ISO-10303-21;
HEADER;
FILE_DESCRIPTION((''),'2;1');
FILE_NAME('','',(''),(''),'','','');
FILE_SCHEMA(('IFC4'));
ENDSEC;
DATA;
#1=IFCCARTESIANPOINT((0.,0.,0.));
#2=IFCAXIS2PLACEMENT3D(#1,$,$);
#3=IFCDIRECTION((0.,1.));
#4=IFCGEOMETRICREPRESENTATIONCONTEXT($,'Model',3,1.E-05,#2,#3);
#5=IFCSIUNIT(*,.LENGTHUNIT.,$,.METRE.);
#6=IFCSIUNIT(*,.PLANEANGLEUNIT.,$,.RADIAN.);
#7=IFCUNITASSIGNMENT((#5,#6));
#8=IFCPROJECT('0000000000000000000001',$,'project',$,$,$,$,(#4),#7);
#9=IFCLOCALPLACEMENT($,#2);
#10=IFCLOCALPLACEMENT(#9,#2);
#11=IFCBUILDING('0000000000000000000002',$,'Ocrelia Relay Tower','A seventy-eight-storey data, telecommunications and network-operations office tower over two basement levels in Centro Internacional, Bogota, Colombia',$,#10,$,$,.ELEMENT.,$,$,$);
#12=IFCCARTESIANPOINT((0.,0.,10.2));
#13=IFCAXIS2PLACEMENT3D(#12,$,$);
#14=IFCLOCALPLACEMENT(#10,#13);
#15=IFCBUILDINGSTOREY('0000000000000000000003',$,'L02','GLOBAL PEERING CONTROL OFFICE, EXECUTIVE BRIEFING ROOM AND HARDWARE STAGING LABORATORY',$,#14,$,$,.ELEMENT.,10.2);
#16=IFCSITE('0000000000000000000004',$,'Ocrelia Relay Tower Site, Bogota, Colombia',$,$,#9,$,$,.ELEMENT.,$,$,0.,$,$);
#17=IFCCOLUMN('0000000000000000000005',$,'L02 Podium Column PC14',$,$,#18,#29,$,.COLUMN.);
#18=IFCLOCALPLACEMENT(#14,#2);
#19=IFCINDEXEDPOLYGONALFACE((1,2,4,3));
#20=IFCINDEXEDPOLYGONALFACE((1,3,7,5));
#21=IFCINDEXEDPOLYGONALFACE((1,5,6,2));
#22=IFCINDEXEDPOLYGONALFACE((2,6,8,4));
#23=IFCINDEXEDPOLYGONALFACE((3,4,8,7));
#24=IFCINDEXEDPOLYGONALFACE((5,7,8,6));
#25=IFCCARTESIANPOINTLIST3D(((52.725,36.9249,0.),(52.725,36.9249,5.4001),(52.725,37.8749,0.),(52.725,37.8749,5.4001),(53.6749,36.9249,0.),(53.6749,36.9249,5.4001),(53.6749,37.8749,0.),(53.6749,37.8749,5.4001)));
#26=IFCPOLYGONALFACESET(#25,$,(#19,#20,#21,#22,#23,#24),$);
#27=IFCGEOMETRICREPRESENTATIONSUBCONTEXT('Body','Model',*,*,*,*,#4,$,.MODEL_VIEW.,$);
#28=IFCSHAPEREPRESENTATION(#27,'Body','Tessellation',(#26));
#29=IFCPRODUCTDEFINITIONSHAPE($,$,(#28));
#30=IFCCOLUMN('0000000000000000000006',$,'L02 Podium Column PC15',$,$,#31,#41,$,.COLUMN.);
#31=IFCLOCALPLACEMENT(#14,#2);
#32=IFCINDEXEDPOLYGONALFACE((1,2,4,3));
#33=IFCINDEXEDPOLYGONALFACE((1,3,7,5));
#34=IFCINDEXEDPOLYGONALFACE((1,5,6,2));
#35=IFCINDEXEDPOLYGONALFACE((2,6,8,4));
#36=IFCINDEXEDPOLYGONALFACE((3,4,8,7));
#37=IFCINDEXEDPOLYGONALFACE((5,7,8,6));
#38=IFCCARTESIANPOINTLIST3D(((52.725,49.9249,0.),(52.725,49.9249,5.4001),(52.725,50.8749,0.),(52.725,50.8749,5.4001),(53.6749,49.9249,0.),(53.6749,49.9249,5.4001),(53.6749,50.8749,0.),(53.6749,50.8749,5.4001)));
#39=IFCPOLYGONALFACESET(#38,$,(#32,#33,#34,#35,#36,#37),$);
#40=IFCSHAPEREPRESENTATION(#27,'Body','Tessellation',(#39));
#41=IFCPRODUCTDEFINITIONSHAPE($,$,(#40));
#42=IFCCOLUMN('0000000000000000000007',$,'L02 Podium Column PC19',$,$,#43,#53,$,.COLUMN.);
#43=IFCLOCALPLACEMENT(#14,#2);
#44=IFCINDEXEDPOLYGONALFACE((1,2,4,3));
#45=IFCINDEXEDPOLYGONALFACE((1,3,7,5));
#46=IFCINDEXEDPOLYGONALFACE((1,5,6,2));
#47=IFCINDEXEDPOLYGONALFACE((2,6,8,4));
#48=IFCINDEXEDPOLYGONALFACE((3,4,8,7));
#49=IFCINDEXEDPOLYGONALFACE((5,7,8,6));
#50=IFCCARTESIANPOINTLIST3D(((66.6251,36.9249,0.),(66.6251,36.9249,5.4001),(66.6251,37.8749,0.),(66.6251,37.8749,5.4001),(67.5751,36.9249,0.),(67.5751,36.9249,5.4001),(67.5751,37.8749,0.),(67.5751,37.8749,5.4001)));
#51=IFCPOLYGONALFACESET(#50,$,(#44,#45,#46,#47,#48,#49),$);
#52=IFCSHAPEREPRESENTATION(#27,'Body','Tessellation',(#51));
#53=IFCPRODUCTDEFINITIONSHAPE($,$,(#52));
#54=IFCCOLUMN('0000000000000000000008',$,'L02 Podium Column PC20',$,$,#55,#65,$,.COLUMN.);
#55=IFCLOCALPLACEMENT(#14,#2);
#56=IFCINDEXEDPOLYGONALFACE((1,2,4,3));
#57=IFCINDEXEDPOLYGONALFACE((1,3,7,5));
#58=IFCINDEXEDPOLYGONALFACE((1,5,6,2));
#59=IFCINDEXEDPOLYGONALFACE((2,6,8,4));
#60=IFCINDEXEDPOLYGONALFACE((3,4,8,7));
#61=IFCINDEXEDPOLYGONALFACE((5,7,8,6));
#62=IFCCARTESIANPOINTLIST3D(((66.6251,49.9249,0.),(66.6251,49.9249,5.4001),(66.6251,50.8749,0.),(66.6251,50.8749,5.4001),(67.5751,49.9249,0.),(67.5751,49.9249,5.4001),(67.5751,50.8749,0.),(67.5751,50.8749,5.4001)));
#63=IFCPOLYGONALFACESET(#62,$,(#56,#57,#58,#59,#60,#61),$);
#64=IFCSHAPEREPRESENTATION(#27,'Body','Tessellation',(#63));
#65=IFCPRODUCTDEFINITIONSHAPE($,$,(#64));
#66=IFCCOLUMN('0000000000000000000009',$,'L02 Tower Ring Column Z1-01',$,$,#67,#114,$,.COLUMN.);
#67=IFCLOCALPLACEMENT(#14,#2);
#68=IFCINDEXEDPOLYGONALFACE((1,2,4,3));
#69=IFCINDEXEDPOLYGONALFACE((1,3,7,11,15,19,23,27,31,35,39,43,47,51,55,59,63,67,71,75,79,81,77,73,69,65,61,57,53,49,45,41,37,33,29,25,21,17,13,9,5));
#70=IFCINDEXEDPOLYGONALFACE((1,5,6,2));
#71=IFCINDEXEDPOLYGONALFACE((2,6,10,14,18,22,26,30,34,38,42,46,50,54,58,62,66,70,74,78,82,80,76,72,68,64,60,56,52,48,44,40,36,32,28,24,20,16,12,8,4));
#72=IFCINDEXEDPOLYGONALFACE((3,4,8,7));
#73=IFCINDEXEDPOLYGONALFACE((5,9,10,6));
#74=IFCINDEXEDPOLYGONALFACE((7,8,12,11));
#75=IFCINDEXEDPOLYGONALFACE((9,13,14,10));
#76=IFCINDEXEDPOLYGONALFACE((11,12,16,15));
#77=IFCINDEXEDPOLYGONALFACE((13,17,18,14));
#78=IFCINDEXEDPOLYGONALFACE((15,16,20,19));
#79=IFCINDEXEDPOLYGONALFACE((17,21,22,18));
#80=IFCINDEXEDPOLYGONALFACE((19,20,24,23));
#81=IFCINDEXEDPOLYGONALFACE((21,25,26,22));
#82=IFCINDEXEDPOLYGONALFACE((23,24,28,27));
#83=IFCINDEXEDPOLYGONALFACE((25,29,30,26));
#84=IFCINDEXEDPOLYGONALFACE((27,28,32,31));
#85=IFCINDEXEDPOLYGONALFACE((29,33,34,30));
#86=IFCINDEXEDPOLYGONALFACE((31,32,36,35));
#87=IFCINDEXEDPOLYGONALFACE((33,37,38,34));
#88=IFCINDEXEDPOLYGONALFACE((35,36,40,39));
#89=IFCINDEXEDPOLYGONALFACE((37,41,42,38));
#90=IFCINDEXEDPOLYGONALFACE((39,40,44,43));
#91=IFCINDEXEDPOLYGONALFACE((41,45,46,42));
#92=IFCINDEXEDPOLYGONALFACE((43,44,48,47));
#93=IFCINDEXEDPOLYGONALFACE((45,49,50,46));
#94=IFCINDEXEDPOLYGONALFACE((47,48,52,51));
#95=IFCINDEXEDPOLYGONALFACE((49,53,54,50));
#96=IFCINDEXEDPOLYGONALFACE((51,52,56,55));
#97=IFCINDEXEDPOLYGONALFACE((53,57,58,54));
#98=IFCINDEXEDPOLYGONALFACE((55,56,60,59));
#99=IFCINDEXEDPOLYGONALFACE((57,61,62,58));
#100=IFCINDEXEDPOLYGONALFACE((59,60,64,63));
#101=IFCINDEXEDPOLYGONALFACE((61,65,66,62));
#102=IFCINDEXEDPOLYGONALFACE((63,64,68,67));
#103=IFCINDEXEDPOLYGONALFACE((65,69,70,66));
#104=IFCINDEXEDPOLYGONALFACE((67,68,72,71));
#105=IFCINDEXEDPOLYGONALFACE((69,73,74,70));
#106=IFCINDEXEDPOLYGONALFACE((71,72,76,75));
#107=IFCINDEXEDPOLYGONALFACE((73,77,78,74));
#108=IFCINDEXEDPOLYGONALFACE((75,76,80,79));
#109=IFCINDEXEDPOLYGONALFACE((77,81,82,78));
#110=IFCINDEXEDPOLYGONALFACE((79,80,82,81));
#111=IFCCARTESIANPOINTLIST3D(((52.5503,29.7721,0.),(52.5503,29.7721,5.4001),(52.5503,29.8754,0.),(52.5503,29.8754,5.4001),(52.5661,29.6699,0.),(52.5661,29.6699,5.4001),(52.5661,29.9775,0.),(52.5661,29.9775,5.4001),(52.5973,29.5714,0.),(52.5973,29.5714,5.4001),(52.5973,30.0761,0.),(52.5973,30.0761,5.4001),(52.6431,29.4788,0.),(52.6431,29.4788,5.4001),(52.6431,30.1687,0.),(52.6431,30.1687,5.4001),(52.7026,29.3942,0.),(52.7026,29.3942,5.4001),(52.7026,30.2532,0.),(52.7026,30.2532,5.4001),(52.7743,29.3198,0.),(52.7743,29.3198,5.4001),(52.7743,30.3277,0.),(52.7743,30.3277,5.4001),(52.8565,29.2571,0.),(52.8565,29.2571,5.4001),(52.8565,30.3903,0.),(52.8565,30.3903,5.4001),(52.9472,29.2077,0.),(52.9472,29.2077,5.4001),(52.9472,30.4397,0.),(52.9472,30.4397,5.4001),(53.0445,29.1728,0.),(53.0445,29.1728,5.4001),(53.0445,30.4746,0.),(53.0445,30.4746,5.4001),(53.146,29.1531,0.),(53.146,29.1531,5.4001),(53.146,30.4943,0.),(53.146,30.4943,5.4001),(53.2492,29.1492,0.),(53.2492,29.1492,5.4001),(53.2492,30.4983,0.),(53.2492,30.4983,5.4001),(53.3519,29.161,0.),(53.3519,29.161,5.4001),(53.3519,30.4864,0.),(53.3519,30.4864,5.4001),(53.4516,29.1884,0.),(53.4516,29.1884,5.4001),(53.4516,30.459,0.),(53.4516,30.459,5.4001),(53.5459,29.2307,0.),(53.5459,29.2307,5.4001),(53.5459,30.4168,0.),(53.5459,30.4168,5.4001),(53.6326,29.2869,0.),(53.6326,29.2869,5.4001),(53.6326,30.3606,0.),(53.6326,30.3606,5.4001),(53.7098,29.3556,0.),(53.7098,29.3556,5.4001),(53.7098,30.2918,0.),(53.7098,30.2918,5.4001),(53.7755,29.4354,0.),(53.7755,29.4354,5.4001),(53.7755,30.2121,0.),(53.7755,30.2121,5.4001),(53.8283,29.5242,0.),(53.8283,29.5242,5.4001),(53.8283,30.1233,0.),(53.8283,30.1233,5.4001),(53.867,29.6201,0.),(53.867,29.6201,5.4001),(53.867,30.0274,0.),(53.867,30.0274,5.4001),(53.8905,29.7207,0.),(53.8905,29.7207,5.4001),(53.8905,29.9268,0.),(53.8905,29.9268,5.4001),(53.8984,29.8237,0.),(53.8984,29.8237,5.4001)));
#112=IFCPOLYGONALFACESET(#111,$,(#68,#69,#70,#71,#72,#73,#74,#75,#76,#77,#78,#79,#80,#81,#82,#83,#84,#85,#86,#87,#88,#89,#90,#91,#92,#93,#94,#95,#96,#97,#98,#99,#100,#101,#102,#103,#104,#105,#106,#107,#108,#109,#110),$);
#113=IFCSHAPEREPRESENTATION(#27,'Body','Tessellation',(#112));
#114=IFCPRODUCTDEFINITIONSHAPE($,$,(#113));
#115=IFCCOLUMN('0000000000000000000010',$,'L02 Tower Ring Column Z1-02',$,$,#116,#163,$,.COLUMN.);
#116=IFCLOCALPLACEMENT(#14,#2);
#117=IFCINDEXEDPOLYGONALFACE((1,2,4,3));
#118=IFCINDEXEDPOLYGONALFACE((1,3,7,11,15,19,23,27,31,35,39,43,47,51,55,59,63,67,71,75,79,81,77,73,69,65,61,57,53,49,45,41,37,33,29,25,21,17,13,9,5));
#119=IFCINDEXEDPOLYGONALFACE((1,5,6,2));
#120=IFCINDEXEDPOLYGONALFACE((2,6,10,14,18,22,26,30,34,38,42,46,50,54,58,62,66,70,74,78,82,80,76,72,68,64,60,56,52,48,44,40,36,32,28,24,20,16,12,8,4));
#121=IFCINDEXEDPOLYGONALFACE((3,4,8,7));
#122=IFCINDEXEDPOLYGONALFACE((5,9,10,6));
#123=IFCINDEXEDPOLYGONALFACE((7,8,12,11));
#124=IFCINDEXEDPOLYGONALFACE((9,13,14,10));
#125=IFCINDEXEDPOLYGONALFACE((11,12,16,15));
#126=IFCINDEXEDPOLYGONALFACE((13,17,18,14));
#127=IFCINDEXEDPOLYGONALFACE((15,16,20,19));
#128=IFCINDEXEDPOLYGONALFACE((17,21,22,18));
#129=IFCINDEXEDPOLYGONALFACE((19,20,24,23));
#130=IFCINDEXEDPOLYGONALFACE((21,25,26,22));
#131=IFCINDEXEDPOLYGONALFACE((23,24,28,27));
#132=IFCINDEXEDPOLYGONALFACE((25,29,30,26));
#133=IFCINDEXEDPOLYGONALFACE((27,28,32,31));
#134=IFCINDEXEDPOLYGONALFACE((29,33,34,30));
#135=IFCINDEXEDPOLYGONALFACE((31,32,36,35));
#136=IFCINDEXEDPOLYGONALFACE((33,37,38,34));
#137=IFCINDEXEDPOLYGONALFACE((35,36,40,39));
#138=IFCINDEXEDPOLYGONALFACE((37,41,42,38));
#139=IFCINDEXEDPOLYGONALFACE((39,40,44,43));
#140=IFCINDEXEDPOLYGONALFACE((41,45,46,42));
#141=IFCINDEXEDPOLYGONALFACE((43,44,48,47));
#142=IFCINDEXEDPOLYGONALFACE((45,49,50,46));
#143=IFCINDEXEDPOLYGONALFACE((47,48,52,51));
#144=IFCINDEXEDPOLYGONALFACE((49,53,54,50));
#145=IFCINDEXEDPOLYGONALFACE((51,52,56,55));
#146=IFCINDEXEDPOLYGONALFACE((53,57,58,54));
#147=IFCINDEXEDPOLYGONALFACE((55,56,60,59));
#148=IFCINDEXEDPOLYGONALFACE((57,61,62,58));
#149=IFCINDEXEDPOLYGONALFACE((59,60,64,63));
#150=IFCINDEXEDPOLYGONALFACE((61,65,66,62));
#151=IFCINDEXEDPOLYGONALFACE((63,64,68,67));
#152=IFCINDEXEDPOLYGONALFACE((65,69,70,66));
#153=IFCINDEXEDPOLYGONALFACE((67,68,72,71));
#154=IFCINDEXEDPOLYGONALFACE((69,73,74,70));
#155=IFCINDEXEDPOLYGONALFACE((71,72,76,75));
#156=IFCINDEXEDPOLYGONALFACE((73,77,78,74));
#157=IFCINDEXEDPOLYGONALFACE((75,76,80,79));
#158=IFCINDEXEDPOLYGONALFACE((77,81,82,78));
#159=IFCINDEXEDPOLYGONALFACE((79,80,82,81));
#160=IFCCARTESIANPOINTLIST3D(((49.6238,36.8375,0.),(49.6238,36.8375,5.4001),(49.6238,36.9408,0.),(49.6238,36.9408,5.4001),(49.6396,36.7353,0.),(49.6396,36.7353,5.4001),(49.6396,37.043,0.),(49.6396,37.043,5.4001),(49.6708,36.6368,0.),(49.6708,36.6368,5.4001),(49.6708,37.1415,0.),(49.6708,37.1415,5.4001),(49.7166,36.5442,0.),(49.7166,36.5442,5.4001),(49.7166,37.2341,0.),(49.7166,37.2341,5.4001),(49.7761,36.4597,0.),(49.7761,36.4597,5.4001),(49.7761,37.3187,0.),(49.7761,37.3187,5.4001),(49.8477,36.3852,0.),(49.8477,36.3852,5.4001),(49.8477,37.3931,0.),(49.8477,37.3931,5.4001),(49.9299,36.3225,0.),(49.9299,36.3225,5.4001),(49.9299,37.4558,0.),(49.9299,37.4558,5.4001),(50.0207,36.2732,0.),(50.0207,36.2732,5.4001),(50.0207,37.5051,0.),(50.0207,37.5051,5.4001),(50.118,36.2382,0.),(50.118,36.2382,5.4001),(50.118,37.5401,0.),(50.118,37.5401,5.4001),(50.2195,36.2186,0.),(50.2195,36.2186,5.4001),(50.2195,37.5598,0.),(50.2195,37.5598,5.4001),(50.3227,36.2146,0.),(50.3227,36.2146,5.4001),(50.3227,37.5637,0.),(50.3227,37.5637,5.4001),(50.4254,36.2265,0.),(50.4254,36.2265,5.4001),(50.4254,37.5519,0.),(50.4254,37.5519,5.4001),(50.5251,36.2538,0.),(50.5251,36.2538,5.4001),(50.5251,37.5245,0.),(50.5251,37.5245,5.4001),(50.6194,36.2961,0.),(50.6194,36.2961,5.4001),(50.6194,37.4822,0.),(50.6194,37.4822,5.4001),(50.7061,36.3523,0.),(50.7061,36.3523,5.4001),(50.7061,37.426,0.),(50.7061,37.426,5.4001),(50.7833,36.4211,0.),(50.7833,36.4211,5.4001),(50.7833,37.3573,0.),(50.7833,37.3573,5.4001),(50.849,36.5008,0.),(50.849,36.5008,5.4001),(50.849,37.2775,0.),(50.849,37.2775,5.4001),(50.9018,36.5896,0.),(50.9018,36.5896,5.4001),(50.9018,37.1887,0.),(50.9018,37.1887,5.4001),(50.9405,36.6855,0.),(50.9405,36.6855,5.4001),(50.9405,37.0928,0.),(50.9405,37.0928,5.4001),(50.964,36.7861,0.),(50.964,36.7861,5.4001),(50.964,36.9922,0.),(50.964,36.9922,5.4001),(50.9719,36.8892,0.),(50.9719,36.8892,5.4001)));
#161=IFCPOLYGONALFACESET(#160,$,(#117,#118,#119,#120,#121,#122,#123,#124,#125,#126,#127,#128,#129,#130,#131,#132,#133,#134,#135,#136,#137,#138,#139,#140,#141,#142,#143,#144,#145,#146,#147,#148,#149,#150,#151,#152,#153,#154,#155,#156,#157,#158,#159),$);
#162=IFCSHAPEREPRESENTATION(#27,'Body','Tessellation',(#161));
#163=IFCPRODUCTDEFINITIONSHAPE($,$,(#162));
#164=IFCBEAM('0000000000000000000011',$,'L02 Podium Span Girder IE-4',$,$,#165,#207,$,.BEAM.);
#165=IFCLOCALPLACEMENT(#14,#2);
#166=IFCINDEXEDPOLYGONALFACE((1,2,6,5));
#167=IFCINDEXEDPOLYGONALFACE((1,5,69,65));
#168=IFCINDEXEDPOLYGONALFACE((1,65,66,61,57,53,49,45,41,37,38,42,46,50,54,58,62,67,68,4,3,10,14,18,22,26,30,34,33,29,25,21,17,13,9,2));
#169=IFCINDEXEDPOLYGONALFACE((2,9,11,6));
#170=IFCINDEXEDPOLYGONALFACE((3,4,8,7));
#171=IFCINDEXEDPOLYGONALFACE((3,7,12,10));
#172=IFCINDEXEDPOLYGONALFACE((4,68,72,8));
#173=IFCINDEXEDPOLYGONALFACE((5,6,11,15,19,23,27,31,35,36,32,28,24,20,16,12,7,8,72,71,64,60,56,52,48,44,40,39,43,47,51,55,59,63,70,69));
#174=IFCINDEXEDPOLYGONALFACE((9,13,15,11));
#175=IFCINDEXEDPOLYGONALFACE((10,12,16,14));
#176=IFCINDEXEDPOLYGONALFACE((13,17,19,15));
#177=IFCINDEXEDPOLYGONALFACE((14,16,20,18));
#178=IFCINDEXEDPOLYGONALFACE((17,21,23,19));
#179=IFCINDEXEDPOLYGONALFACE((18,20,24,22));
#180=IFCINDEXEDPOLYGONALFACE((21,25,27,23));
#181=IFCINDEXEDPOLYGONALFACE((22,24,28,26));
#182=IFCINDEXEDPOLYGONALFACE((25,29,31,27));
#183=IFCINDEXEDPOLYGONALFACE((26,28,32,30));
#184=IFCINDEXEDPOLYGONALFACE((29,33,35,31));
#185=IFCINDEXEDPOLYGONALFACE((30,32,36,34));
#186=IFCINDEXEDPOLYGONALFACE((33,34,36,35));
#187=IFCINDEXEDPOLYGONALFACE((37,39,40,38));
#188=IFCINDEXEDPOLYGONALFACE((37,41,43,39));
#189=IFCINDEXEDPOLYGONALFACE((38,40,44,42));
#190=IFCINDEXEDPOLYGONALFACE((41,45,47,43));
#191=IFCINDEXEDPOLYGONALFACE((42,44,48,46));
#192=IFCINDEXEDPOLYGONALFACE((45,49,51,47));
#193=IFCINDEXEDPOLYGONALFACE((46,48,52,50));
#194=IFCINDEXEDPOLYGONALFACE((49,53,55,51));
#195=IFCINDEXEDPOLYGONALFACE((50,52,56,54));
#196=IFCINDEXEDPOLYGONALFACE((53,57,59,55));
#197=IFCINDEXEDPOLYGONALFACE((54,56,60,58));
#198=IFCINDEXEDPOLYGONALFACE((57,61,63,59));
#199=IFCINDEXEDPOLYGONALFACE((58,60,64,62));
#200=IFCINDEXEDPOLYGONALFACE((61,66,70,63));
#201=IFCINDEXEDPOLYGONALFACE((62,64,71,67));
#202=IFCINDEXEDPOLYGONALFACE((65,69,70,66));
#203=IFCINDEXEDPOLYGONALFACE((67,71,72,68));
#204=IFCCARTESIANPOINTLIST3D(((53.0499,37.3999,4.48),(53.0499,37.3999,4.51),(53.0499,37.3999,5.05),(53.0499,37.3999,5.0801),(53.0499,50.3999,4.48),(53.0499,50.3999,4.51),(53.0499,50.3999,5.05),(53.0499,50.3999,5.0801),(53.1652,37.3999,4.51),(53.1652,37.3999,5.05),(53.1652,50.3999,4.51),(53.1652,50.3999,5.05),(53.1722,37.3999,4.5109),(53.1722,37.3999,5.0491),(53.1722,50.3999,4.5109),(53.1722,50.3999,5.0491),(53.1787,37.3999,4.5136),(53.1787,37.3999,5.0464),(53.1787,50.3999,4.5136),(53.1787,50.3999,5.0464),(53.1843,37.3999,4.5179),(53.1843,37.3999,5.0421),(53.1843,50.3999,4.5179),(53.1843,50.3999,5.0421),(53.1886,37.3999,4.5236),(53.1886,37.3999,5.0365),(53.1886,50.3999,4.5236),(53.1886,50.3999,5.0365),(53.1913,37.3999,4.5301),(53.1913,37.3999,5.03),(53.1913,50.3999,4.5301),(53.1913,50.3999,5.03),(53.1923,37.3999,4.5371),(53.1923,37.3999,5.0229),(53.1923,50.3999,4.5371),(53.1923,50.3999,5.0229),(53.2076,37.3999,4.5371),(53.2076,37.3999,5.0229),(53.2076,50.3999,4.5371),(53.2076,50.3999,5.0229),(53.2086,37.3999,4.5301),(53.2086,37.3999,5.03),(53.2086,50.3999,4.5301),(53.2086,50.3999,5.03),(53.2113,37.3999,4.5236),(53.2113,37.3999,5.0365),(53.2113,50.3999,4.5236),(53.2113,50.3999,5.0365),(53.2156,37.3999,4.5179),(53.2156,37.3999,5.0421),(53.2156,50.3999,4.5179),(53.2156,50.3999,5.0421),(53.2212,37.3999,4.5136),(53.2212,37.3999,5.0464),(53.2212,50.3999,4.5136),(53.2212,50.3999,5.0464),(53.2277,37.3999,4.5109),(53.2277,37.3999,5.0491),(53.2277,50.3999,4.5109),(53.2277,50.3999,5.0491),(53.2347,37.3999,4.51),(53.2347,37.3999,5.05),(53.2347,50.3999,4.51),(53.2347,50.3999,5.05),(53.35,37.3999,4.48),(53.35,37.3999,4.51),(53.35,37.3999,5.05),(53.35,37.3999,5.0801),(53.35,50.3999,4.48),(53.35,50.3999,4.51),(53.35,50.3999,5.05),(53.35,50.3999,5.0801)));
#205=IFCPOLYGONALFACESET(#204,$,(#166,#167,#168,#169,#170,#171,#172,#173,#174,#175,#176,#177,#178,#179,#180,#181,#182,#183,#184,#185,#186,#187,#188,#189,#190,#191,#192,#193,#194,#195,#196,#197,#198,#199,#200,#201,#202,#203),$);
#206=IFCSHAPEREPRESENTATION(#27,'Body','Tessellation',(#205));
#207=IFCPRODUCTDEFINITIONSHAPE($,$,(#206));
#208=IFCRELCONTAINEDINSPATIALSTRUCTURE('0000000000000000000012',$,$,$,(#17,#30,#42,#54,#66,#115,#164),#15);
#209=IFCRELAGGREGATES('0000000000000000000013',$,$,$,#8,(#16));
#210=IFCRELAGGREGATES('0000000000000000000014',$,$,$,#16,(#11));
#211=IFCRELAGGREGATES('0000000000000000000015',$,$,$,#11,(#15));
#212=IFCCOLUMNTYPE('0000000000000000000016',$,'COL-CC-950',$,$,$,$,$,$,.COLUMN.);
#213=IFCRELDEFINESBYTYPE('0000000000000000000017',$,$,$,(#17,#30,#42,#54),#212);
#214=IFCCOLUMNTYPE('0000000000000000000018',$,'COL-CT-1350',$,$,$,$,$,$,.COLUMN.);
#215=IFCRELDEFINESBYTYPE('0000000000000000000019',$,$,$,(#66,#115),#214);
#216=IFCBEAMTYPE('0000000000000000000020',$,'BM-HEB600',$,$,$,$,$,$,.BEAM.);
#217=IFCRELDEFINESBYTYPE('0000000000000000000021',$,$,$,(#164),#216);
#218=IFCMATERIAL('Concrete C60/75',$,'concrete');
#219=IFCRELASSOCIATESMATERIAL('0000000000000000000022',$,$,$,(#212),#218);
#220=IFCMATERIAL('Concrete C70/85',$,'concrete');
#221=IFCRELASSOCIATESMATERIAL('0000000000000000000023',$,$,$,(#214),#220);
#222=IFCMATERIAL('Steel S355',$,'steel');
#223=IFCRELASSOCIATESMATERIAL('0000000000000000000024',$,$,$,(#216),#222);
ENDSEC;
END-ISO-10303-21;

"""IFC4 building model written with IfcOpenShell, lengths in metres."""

from ifc_helpers import new_model, si_unit, direction, frame, origin, origin_2d, place, context, subcontext, project, spatial, rectangle, circle, i_section, extrude, material, material_profile, profile_set, type_object, element, save


model = new_model("IFC4")

# Units and contexts
model_context = context("Model", 3, precision=1e-05, world=origin(), true_north=direction((0.0, 1.0)))
body_context = subcontext(model_context, "Body", "Model", "MODEL_VIEW")
ifc_project = project(units=[si_unit("LENGTHUNIT", "METRE"), si_unit("PLANEANGLEUNIT", "RADIAN")], contexts=[model_context])

# Site, building, storey
site_placement = place(None, origin())
site = spatial("IfcSite", under=ifc_project, at=site_placement, Name="Ocrelia Relay Tower Site, Bogota, Colombia", CompositionType="ELEMENT", RefElevation=0.0)
building_placement = place(site_placement, origin())
building = spatial("IfcBuilding", under=site, at=building_placement, Name="Ocrelia Relay Tower", Description="A seventy-eight-storey data, telecommunications and network-operations office tower over two basement levels in Centro Internacional, Bogota, Colombia", CompositionType="ELEMENT")
storey_placement = place(building_placement, frame((0.0, 0.0, 10.2)))
storey = spatial("IfcBuildingStorey", under=building, at=storey_placement, Name="L02", Description="GLOBAL PEERING CONTROL OFFICE, EXECUTIVE BRIEFING ROOM AND HARDWARE STAGING LABORATORY", CompositionType="ELEMENT", Elevation=10.2)

# Columns
ifc_material_1 = material(Name="Concrete C60/75", Category="concrete")
ifc_material_profile_1 = material_profile(ifc_material_1, rectangle(XDim=0.95, YDim=0.95, at=origin_2d()), Name="RC-COL-950x950")
ifc_profile_set_1 = profile_set([ifc_material_profile_1], Name="Concrete C60/75")
column_type_1 = type_object("IfcColumnType", Name="COL-CC-950", PredefinedType="COLUMN", material=ifc_profile_set_1)
for number, where, z_axis, x_axis, name in (
    (1, (53.2, 37.3999, 0.0), (0.0, 0.0, 1.0), (1.0, 0.0, 0.0), "L02 Podium Column PC14"),
    (2, (53.2, 50.3999, 0.0), (0.0, 0.0, 1.0), (1.0, 0.0, 0.0), "L02 Podium Column PC15"),
    (3, (67.1001, 37.3999, 0.0), (0.0, 0.0, 1.0), (1.0, 0.0, 0.0), "L02 Podium Column PC19"),
    (4, (67.1001, 50.3999, 0.0), (0.0, 0.0, 1.0), (1.0, 0.0, 0.0), "L02 Podium Column PC20"),
):
    element("IfcColumn", number, at=place(storey_placement, frame(where, z_axis=z_axis, x_axis=x_axis)), inside=storey, type_object=column_type_1, Name=name, PredefinedType="COLUMN", context=body_context, shape_type="SweptSolid", body=[
        extrude(rectangle(XDim=0.95, YDim=0.95, at=origin_2d()), origin(), (0.0, 0.0, 1.0), 5.4001),
    ])
ifc_material_2 = material(Name="Concrete C70/85", Category="concrete")
ifc_material_profile_2 = material_profile(ifc_material_2, circle(Radius=0.675, at=origin_2d()), Name="RC-CIR-1350")
ifc_profile_set_2 = profile_set([ifc_material_profile_2], Name="Concrete C70/85")
column_type_2 = type_object("IfcColumnType", Name="COL-CT-1350", PredefinedType="COLUMN", material=ifc_profile_set_2)
for number, where, z_axis, x_axis, name in (
    (5, (53.2234, 29.8237, 0.0), (0.0, 0.0, 1.0), (1.0, 0.0, 0.0), "L02 Tower Ring Column Z1-01"),
    (6, (50.2969, 36.8892, 0.0), (0.0, 0.0, 1.0), (1.0, 0.0, 0.0), "L02 Tower Ring Column Z1-02"),
):
    element("IfcColumn", number, at=place(storey_placement, frame(where, z_axis=z_axis, x_axis=x_axis)), inside=storey, type_object=column_type_2, Name=name, PredefinedType="COLUMN", context=body_context, shape_type="SweptSolid", body=[
        extrude(circle(Radius=0.675, at=origin_2d()), origin(), (0.0, 0.0, 1.0), 5.4001),
    ])

# Beam
ifc_material_3 = material(Name="Steel S355", Category="steel")
ifc_material_profile_3 = material_profile(ifc_material_3, i_section(OverallWidth=0.3, OverallDepth=0.6001, WebThickness=0.0154, FlangeThickness=0.03, FilletRadius=0.0271, at=origin_2d()), Name="HEB 600")
ifc_profile_set_3 = profile_set([ifc_material_profile_3], Name="Steel S355")
beam_type_1 = type_object("IfcBeamType", Name="BM-HEB600", PredefinedType="BEAM", material=ifc_profile_set_3)
for number, where, z_axis, x_axis, name in (
    (7, (53.2, 37.3999, 4.78), (0.0, 1.0, 0.0), (-1.0, 0.0, 0.0), "L02 Podium Span Girder IE-4"),
):
    element("IfcBeam", number, at=place(storey_placement, frame(where, z_axis=z_axis, x_axis=x_axis)), inside=storey, type_object=beam_type_1, Name=name, PredefinedType="BEAM", context=body_context, shape_type="SweptSolid", body=[
        extrude(i_section(OverallWidth=0.3, OverallDepth=0.6001, WebThickness=0.0154, FlangeThickness=0.03, FilletRadius=0.0271, at=origin_2d()), origin(), (0.0, 0.0, 1.0), 13.0),
    ])

save(model, "model.ifc")
